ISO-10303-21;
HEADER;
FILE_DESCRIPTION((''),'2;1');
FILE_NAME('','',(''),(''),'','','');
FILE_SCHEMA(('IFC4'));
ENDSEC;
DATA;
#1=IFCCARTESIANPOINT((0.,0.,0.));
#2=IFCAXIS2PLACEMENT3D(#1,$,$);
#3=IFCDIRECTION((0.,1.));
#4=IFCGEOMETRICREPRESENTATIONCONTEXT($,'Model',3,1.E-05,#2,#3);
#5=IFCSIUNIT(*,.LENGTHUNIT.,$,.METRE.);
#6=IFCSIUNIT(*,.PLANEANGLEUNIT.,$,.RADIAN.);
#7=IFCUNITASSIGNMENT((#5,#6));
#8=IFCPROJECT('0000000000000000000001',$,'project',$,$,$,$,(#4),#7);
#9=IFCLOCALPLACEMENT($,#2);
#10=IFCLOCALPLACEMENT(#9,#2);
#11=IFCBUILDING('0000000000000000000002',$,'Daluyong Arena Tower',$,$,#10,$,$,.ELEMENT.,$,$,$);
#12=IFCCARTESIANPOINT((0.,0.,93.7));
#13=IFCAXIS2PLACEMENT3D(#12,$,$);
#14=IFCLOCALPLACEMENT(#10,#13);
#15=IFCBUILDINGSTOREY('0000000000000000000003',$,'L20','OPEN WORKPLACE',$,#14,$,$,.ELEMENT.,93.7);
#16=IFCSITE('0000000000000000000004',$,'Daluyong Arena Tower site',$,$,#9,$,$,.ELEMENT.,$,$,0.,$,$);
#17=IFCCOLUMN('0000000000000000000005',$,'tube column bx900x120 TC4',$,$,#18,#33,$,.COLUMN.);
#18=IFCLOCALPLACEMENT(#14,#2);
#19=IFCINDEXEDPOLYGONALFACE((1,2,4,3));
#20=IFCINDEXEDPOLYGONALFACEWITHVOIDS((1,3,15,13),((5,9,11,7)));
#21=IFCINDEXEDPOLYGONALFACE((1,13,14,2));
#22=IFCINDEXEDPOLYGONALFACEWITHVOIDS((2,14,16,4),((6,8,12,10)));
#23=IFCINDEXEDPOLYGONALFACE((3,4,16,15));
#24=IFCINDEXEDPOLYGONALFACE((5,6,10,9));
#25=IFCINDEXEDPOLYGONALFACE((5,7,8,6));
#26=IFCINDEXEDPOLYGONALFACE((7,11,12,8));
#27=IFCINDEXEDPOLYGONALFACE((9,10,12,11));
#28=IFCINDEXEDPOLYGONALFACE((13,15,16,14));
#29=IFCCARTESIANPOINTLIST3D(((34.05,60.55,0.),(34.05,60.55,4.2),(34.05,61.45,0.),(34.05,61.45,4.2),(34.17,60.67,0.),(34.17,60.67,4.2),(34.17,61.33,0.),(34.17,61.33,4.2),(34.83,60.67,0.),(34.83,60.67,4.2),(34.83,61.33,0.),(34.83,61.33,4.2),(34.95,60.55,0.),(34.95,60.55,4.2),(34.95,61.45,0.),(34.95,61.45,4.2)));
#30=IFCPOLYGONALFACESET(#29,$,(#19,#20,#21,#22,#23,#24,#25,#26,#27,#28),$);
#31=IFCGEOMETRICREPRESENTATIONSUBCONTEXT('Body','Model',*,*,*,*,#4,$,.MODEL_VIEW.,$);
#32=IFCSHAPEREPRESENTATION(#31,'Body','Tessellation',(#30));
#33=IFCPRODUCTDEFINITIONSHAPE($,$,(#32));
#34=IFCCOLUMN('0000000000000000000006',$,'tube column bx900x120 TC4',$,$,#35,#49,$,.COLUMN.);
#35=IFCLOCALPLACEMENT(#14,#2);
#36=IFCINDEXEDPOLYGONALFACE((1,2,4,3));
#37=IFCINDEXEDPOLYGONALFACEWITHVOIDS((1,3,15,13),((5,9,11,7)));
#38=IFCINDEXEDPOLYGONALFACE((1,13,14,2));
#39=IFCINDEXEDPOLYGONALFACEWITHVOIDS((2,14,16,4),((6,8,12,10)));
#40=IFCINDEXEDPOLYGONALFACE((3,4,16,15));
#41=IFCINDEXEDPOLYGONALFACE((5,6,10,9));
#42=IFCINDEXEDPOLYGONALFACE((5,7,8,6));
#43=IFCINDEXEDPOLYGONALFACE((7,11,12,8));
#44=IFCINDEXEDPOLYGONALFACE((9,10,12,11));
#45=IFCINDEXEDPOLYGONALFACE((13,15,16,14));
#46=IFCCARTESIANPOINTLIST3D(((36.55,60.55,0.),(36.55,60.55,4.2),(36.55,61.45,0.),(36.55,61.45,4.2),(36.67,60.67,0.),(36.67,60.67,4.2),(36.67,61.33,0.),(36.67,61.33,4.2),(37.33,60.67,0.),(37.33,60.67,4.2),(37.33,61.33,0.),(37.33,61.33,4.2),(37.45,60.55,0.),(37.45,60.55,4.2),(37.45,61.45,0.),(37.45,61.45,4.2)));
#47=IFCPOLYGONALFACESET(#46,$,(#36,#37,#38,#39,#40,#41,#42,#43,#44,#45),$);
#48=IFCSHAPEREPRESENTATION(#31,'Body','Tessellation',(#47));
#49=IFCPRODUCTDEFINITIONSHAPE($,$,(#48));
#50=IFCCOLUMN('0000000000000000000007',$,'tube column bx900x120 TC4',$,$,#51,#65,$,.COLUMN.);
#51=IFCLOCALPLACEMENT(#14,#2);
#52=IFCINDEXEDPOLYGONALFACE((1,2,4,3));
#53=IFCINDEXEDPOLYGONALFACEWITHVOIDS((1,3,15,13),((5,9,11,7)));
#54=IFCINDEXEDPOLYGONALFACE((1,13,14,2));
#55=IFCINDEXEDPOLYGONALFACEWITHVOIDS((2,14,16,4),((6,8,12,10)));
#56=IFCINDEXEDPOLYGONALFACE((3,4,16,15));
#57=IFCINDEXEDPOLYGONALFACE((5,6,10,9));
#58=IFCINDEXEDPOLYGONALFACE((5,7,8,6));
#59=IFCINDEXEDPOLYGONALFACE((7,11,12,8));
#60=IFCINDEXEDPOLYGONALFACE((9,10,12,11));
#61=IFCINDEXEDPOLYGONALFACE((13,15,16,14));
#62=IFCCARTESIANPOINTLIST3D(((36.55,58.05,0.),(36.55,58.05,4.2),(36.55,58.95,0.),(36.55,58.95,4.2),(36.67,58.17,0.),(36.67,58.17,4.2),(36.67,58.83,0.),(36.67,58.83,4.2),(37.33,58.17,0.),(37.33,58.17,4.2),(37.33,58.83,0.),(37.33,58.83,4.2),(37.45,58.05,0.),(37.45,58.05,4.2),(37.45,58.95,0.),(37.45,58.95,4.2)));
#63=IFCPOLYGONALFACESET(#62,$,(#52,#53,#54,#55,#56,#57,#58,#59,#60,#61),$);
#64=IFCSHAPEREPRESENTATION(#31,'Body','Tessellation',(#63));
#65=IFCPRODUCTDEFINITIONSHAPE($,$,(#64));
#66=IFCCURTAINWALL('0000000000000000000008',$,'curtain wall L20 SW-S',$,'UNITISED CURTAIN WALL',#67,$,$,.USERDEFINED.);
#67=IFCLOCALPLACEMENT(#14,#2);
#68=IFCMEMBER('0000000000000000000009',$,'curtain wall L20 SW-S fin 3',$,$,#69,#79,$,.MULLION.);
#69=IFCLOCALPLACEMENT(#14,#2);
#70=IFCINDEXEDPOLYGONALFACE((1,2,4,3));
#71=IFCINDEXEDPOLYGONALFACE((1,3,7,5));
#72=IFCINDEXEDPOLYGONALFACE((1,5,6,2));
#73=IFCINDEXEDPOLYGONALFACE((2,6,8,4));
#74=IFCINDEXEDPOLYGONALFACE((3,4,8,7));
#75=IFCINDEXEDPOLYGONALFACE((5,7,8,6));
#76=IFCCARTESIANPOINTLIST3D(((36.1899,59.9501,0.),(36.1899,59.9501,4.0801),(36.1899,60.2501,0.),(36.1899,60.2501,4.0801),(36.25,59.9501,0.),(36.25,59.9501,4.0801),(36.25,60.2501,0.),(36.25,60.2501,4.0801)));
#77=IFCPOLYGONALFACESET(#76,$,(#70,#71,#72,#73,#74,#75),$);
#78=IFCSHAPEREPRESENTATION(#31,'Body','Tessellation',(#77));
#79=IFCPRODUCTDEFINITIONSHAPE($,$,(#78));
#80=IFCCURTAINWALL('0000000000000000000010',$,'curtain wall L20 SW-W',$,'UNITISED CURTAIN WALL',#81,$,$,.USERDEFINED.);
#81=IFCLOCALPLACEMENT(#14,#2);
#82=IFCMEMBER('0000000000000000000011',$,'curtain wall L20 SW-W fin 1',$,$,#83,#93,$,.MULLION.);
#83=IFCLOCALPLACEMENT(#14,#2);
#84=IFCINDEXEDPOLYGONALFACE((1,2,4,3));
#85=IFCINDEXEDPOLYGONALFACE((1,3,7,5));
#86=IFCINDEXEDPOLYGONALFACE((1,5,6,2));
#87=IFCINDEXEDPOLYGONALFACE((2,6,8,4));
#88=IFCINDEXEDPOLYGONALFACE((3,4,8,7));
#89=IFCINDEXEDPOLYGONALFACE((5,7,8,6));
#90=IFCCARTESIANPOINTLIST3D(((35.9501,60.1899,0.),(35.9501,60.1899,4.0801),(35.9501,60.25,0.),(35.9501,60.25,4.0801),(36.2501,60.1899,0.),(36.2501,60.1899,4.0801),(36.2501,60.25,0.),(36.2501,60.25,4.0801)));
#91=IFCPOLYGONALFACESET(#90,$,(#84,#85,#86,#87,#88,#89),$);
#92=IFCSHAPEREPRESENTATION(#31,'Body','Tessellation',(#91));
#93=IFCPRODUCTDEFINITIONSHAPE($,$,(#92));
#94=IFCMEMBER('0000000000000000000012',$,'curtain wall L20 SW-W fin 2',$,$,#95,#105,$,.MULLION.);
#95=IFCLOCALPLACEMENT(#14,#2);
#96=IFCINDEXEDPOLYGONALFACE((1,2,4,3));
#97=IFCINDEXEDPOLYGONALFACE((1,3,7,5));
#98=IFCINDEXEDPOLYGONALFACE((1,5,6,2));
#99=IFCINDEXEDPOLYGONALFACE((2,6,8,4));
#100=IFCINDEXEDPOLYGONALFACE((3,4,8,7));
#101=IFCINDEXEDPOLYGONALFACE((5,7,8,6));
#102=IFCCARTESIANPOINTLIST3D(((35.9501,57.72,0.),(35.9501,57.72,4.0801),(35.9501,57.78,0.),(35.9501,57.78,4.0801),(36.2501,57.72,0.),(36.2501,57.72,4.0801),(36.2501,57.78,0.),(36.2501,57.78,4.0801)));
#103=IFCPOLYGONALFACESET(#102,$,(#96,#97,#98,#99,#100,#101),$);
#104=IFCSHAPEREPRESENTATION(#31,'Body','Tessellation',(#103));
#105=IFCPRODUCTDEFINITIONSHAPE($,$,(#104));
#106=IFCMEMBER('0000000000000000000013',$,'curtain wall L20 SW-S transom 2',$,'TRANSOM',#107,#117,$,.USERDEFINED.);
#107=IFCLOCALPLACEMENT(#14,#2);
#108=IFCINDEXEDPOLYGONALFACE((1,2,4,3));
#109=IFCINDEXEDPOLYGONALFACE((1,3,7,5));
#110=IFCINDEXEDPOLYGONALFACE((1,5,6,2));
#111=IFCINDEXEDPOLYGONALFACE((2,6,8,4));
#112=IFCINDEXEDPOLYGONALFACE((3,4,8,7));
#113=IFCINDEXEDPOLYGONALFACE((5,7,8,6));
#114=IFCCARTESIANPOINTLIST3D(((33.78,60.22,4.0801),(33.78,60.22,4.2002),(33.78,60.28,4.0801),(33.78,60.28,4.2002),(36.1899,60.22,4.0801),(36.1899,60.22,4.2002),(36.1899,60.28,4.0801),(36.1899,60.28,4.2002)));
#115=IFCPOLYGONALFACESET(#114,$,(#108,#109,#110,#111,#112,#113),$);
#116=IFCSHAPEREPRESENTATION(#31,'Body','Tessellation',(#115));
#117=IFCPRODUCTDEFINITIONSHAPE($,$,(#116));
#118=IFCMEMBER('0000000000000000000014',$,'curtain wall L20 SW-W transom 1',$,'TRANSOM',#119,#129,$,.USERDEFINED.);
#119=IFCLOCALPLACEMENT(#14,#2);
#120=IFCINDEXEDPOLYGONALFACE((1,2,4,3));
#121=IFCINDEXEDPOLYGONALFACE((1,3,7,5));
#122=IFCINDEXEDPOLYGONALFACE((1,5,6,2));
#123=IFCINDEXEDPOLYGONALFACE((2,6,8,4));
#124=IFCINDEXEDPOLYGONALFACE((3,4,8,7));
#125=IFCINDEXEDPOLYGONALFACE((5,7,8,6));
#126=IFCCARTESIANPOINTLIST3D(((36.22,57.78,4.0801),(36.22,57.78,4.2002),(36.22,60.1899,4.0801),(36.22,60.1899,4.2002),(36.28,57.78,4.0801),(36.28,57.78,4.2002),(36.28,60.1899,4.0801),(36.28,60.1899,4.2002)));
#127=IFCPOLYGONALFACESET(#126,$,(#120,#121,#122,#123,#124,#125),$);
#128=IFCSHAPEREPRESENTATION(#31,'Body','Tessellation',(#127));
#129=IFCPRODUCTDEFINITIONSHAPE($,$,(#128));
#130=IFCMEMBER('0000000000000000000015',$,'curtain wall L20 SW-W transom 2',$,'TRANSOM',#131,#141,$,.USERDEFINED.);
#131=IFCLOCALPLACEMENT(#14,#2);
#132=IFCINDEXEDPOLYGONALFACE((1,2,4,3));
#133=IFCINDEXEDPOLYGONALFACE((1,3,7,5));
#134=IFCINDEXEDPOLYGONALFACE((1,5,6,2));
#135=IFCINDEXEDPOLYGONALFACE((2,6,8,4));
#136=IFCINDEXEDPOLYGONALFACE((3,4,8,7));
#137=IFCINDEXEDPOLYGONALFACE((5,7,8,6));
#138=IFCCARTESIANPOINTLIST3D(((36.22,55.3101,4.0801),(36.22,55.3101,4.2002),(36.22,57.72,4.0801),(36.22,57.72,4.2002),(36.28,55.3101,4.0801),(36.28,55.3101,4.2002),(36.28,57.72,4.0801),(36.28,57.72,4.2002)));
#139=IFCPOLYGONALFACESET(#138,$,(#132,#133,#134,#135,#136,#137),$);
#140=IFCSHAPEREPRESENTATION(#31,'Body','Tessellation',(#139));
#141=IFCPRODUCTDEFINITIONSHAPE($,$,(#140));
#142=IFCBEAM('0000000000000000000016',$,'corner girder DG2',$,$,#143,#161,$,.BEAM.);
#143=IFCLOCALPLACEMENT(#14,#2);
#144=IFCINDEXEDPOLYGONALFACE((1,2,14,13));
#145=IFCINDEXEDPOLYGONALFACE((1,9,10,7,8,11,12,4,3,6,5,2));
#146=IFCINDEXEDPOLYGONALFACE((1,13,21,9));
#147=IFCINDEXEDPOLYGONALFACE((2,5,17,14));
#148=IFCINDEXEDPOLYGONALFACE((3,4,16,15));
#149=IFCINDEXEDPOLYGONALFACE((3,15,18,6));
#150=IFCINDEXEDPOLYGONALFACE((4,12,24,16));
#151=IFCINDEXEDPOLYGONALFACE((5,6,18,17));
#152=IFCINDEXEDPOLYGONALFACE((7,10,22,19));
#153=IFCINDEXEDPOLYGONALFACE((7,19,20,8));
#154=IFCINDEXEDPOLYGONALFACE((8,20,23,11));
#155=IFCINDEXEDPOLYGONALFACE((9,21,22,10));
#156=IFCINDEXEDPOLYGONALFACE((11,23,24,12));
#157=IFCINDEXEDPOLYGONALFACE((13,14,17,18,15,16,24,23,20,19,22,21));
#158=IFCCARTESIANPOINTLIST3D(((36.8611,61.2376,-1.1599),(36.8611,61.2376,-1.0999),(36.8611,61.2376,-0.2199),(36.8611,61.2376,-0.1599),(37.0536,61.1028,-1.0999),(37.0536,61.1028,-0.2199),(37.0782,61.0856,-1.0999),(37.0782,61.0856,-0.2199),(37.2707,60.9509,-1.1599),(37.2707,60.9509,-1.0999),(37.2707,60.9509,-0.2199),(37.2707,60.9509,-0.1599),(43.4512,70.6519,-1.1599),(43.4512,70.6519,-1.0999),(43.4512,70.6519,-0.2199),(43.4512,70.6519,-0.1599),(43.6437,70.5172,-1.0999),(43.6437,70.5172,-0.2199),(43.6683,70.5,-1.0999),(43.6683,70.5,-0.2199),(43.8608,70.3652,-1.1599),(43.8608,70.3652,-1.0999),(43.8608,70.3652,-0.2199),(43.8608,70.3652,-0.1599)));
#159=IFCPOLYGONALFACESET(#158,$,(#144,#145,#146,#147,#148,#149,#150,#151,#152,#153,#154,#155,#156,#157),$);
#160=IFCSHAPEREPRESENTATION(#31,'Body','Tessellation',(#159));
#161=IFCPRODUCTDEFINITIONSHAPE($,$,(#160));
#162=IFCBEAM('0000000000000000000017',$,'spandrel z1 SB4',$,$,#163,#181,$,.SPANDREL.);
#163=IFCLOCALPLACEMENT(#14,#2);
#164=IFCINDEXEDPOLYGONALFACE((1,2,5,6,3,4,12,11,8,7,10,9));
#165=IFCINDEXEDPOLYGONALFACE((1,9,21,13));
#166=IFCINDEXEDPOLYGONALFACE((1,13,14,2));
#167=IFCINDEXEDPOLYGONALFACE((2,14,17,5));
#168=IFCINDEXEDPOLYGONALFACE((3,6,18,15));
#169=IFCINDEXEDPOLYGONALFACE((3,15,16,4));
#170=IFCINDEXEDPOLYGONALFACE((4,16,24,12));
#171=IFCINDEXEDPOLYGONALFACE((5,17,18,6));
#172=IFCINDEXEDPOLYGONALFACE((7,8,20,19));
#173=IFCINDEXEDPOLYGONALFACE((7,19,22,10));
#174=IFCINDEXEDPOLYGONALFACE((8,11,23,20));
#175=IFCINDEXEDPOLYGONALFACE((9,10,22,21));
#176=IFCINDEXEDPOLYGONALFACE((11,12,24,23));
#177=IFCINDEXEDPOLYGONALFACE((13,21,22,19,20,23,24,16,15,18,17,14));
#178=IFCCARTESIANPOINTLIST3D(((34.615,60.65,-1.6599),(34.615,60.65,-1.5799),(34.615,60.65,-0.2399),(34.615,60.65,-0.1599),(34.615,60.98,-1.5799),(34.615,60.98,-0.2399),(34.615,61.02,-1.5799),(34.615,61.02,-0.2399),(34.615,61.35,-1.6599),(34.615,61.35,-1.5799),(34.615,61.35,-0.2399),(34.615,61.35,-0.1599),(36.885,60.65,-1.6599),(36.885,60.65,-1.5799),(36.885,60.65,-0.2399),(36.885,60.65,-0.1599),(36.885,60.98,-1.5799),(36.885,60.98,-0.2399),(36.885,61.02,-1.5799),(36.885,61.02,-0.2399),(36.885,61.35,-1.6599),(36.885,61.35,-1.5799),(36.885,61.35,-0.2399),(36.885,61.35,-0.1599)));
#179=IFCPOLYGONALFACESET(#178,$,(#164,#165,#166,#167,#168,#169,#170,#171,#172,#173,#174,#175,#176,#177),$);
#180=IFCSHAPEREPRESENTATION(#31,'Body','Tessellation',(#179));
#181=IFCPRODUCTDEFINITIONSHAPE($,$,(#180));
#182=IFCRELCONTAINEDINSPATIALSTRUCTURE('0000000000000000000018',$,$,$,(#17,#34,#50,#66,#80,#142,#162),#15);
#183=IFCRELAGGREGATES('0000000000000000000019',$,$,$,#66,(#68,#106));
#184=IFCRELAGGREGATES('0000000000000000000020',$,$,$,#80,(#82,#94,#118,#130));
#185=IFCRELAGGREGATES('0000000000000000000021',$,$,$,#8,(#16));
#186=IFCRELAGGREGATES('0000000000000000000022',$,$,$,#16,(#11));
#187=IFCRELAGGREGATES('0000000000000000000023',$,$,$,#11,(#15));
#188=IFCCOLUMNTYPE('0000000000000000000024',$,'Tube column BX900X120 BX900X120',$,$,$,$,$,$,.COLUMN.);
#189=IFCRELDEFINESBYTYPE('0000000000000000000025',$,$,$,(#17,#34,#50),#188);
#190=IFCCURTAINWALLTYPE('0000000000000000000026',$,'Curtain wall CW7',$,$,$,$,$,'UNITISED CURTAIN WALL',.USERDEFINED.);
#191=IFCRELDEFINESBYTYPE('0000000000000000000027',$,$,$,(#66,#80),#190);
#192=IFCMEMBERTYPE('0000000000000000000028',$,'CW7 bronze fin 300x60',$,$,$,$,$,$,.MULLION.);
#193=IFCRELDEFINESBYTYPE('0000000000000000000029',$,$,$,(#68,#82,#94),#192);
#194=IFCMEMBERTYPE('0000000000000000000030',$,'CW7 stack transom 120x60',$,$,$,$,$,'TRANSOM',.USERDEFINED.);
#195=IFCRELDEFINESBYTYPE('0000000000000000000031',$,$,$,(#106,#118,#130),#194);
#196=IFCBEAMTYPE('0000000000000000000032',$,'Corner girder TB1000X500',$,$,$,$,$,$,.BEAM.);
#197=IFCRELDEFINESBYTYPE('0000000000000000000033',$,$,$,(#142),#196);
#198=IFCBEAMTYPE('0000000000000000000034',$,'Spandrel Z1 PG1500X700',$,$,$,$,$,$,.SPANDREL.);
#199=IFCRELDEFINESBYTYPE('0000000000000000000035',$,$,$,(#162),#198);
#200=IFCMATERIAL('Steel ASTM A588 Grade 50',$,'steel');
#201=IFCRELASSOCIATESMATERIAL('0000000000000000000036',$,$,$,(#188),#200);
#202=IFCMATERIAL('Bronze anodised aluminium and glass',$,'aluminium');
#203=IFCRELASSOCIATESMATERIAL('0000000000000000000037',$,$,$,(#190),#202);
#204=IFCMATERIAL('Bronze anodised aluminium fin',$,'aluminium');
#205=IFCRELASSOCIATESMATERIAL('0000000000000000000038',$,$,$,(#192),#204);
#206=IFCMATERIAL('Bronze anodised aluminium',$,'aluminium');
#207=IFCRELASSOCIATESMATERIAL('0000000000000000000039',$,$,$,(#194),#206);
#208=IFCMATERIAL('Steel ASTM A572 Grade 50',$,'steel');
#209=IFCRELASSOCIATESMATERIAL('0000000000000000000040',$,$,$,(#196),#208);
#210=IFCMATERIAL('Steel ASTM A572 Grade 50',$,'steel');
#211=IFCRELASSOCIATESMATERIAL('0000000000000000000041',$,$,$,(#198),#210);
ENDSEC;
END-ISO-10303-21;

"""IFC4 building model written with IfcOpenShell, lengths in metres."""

from ifc_helpers import new_model, si_unit, direction, frame, origin, origin_2d, place, context, subcontext, project, spatial, rectangle, hollow_rectangle, i_section, extrude, material, material_profile, profile_set, type_object, element, aggregate, save


model = new_model("IFC4")

# Units and contexts
model_context = context("Model", 3, precision=1e-05, world=origin(), true_north=direction((0.0, 1.0)))
body_context = subcontext(model_context, "Body", "Model", "MODEL_VIEW")
ifc_project = project(units=[si_unit("LENGTHUNIT", "METRE"), si_unit("PLANEANGLEUNIT", "RADIAN")], contexts=[model_context])

# Site, building, storey
site_placement = place(None, origin())
site = spatial("IfcSite", under=ifc_project, at=site_placement, Name="Daluyong Arena Tower site", CompositionType="ELEMENT", RefElevation=0.0)
building_placement = place(site_placement, origin())
building = spatial("IfcBuilding", under=site, at=building_placement, Name="Daluyong Arena Tower", CompositionType="ELEMENT")
storey_placement = place(building_placement, frame((0.0, 0.0, 93.7)))
storey = spatial("IfcBuildingStorey", under=building, at=storey_placement, Name="L20", Description="OPEN WORKPLACE", CompositionType="ELEMENT", Elevation=93.7)

# Columns
ifc_material_1 = material(Name="Steel ASTM A588 Grade 50", Category="steel")
ifc_material_profile_1 = material_profile(ifc_material_1, hollow_rectangle(XDim=0.8999, YDim=0.8999, WallThickness=0.12, at=origin_2d()))
ifc_profile_set_1 = profile_set([ifc_material_profile_1], Name="Steel ASTM A588 Grade 50")
column_type = type_object("IfcColumnType", Name="Tube column BX900X120 BX900X120", PredefinedType="COLUMN", material=ifc_profile_set_1)
for number, where, z_axis, x_axis, name in (
    (1, (34.5, 61.0, 0.0), (0.0, 0.0, 1.0), (1.0, 0.0, 0.0), "tube column bx900x120 TC4"),
    (2, (37.0, 61.0, 0.0), (0.0, 0.0, 1.0), (0.0, 1.0, 0.0), "tube column bx900x120 TC4"),
    (3, (37.0, 58.5, 0.0), (0.0, 0.0, 1.0), (0.0, 1.0, 0.0), "tube column bx900x120 TC4"),
):
    element("IfcColumn", number, at=place(storey_placement, frame(where, z_axis=z_axis, x_axis=x_axis)), inside=storey, type_object=column_type, Name=name, PredefinedType="COLUMN", context=body_context, shape_type="SweptSolid", body=[
        extrude(hollow_rectangle(XDim=0.8999, YDim=0.8999, WallThickness=0.12, at=origin_2d()), origin(), (0.0, 0.0, 1.0), 4.2),
    ])

# Curtain wall, member
ifc_material_2 = material(Name="Bronze anodised aluminium and glass", Category="aluminium")
curtain_wall_type = type_object("IfcCurtainWallType", Name="Curtain wall CW7", ElementType="UNITISED CURTAIN WALL", PredefinedType="USERDEFINED", material=ifc_material_2)
curtain_wall_1_placement = place(storey_placement, origin())
curtain_wall_1 = element("IfcCurtainWall", 4, at=curtain_wall_1_placement, inside=storey, type_object=curtain_wall_type, Name="curtain wall L20 SW-S", ObjectType="UNITISED CURTAIN WALL", PredefinedType="USERDEFINED")
ifc_material_3 = material(Name="Bronze anodised aluminium fin", Category="aluminium")
ifc_material_profile_2 = material_profile(ifc_material_3, rectangle(XDim=0.3, YDim=0.0601, at=origin_2d()))
ifc_profile_set_2 = profile_set([ifc_material_profile_2], Name="Bronze anodised aluminium fin")
member_type_1 = type_object("IfcMemberType", Name="CW7 bronze fin 300x60", PredefinedType="MULLION", material=ifc_profile_set_2)
member_1_placement = place(storey_placement, frame((36.22, 60.1001, 0.0), z_axis=(0.0, 0.0, 1.0), x_axis=(0.0, 1.0, 0.0)))
member_1 = element("IfcMember", 5, at=member_1_placement, type_object=member_type_1, Name="curtain wall L20 SW-S fin 3", PredefinedType="MULLION", context=body_context, shape_type="SweptSolid", body=[
    extrude(rectangle(XDim=0.3, YDim=0.0601, at=origin_2d()), origin(), (0.0, 0.0, 1.0), 4.0801),
])

# Curtain wall, members
curtain_wall_2_placement = place(storey_placement, origin())
curtain_wall_2 = element("IfcCurtainWall", 6, at=curtain_wall_2_placement, inside=storey, type_object=curtain_wall_type, Name="curtain wall L20 SW-W", ObjectType="UNITISED CURTAIN WALL", PredefinedType="USERDEFINED")
member_2_placement = place(storey_placement, frame((36.1001, 60.22, 0.0), z_axis=(0.0, 0.0, 1.0), x_axis=(1.0, 0.0, 0.0)))
member_2 = element("IfcMember", 7, at=member_2_placement, type_object=member_type_1, Name="curtain wall L20 SW-W fin 1", PredefinedType="MULLION", context=body_context, shape_type="SweptSolid", body=[
    extrude(rectangle(XDim=0.3, YDim=0.0601, at=origin_2d()), origin(), (0.0, 0.0, 1.0), 4.0801),
])
member_3_placement = place(storey_placement, frame((36.1001, 57.75, 0.0), z_axis=(0.0, 0.0, 1.0), x_axis=(1.0, 0.0, 0.0)))
member_3 = element("IfcMember", 8, at=member_3_placement, type_object=member_type_1, Name="curtain wall L20 SW-W fin 2", PredefinedType="MULLION", context=body_context, shape_type="SweptSolid", body=[
    extrude(rectangle(XDim=0.3, YDim=0.0601, at=origin_2d()), origin(), (0.0, 0.0, 1.0), 4.0801),
])

# Members
ifc_material_4 = material(Name="Bronze anodised aluminium", Category="aluminium")
ifc_material_profile_3 = material_profile(ifc_material_4, rectangle(XDim=0.0601, YDim=0.1201, at=origin_2d()))
ifc_profile_set_3 = profile_set([ifc_material_profile_3], Name="Bronze anodised aluminium")
member_type_2 = type_object("IfcMemberType", Name="CW7 stack transom 120x60", ElementType="TRANSOM", PredefinedType="USERDEFINED", material=ifc_profile_set_3)
member_4_placement = place(storey_placement, frame((33.78, 60.25, 4.1401), z_axis=(1.0, 0.0, 0.0), x_axis=(0.0, 1.0, 0.0)))
member_4 = element("IfcMember", 9, at=member_4_placement, type_object=member_type_2, Name="curtain wall L20 SW-S transom 2", ObjectType="TRANSOM", PredefinedType="USERDEFINED", context=body_context, shape_type="SweptSolid", body=[
    extrude(rectangle(XDim=0.0601, YDim=0.1201, at=origin_2d()), origin(), (0.0, 0.0, 1.0), 2.4099),
])
member_5_placement = place(storey_placement, frame((36.25, 60.1899, 4.1401), z_axis=(0.0, -1.0, 0.0), x_axis=(1.0, 0.0, 0.0)))
member_5 = element("IfcMember", 10, at=member_5_placement, type_object=member_type_2, Name="curtain wall L20 SW-W transom 1", ObjectType="TRANSOM", PredefinedType="USERDEFINED", context=body_context, shape_type="SweptSolid", body=[
    extrude(rectangle(XDim=0.0601, YDim=0.1201, at=origin_2d()), origin(), (0.0, 0.0, 1.0), 2.4099),
])
member_6_placement = place(storey_placement, frame((36.25, 57.72, 4.1401), z_axis=(0.0, -1.0, 0.0), x_axis=(1.0, 0.0, 0.0)))
member_6 = element("IfcMember", 11, at=member_6_placement, type_object=member_type_2, Name="curtain wall L20 SW-W transom 2", ObjectType="TRANSOM", PredefinedType="USERDEFINED", context=body_context, shape_type="SweptSolid", body=[
    extrude(rectangle(XDim=0.0601, YDim=0.1201, at=origin_2d()), origin(), (0.0, 0.0, 1.0), 2.4099),
])

# Beams
ifc_material_5 = material(Name="Steel ASTM A572 Grade 50", Category="steel")
ifc_material_profile_4 = material_profile(ifc_material_5, i_section(OverallWidth=0.5, OverallDepth=1.0, WebThickness=0.03, FlangeThickness=0.06, at=origin_2d()))
ifc_profile_set_4 = profile_set([ifc_material_profile_4], Name="Steel ASTM A572 Grade 50")
beam_type_1 = type_object("IfcBeamType", Name="Corner girder TB1000X500", PredefinedType="BEAM", material=ifc_profile_set_4)
beam_placement = place(storey_placement, frame((37.0659, 61.0942, -0.6599), z_axis=(0.573467, 0.819229, 0.0), x_axis=(-0.819229, 0.573467, 0.0)))
element("IfcBeam", 12, at=beam_placement, inside=storey, type_object=beam_type_1, Name="corner girder DG2", PredefinedType="BEAM", context=body_context, shape_type="SweptSolid", body=[
    extrude(i_section(OverallWidth=0.5, OverallDepth=1.0, WebThickness=0.03, FlangeThickness=0.06, at=origin_2d()), origin(), (0.0, 0.0, 1.0), 11.4917),
])
ifc_material_6 = material(Name="Steel ASTM A572 Grade 50", Category="steel")
ifc_material_profile_5 = material_profile(ifc_material_6, i_section(OverallWidth=0.7, OverallDepth=1.5, WebThickness=0.04, FlangeThickness=0.08, at=origin_2d()))
ifc_profile_set_5 = profile_set([ifc_material_profile_5], Name="Steel ASTM A572 Grade 50")
beam_type_2 = type_object("IfcBeamType", Name="Spandrel Z1 PG1500X700", PredefinedType="SPANDREL", material=ifc_profile_set_5)
for number, where, z_axis, x_axis, name in (
    (13, (34.615, 61.0, -0.9099), (1.0, 0.0, 0.0), (0.0, 1.0, 0.0), "spandrel z1 SB4"),
):
    element("IfcBeam", number, at=place(storey_placement, frame(where, z_axis=z_axis, x_axis=x_axis)), inside=storey, type_object=beam_type_2, Name=name, PredefinedType="SPANDREL", context=body_context, shape_type="SweptSolid", body=[
        extrude(i_section(OverallWidth=0.7, OverallDepth=1.5, WebThickness=0.04, FlangeThickness=0.08, at=origin_2d()), origin(), (0.0, 0.0, 1.0), 2.27),
    ])

aggregate(curtain_wall_1, [member_1, member_4])
aggregate(curtain_wall_2, [member_2, member_3, member_5, member_6])

save(model, "model.ifc")
